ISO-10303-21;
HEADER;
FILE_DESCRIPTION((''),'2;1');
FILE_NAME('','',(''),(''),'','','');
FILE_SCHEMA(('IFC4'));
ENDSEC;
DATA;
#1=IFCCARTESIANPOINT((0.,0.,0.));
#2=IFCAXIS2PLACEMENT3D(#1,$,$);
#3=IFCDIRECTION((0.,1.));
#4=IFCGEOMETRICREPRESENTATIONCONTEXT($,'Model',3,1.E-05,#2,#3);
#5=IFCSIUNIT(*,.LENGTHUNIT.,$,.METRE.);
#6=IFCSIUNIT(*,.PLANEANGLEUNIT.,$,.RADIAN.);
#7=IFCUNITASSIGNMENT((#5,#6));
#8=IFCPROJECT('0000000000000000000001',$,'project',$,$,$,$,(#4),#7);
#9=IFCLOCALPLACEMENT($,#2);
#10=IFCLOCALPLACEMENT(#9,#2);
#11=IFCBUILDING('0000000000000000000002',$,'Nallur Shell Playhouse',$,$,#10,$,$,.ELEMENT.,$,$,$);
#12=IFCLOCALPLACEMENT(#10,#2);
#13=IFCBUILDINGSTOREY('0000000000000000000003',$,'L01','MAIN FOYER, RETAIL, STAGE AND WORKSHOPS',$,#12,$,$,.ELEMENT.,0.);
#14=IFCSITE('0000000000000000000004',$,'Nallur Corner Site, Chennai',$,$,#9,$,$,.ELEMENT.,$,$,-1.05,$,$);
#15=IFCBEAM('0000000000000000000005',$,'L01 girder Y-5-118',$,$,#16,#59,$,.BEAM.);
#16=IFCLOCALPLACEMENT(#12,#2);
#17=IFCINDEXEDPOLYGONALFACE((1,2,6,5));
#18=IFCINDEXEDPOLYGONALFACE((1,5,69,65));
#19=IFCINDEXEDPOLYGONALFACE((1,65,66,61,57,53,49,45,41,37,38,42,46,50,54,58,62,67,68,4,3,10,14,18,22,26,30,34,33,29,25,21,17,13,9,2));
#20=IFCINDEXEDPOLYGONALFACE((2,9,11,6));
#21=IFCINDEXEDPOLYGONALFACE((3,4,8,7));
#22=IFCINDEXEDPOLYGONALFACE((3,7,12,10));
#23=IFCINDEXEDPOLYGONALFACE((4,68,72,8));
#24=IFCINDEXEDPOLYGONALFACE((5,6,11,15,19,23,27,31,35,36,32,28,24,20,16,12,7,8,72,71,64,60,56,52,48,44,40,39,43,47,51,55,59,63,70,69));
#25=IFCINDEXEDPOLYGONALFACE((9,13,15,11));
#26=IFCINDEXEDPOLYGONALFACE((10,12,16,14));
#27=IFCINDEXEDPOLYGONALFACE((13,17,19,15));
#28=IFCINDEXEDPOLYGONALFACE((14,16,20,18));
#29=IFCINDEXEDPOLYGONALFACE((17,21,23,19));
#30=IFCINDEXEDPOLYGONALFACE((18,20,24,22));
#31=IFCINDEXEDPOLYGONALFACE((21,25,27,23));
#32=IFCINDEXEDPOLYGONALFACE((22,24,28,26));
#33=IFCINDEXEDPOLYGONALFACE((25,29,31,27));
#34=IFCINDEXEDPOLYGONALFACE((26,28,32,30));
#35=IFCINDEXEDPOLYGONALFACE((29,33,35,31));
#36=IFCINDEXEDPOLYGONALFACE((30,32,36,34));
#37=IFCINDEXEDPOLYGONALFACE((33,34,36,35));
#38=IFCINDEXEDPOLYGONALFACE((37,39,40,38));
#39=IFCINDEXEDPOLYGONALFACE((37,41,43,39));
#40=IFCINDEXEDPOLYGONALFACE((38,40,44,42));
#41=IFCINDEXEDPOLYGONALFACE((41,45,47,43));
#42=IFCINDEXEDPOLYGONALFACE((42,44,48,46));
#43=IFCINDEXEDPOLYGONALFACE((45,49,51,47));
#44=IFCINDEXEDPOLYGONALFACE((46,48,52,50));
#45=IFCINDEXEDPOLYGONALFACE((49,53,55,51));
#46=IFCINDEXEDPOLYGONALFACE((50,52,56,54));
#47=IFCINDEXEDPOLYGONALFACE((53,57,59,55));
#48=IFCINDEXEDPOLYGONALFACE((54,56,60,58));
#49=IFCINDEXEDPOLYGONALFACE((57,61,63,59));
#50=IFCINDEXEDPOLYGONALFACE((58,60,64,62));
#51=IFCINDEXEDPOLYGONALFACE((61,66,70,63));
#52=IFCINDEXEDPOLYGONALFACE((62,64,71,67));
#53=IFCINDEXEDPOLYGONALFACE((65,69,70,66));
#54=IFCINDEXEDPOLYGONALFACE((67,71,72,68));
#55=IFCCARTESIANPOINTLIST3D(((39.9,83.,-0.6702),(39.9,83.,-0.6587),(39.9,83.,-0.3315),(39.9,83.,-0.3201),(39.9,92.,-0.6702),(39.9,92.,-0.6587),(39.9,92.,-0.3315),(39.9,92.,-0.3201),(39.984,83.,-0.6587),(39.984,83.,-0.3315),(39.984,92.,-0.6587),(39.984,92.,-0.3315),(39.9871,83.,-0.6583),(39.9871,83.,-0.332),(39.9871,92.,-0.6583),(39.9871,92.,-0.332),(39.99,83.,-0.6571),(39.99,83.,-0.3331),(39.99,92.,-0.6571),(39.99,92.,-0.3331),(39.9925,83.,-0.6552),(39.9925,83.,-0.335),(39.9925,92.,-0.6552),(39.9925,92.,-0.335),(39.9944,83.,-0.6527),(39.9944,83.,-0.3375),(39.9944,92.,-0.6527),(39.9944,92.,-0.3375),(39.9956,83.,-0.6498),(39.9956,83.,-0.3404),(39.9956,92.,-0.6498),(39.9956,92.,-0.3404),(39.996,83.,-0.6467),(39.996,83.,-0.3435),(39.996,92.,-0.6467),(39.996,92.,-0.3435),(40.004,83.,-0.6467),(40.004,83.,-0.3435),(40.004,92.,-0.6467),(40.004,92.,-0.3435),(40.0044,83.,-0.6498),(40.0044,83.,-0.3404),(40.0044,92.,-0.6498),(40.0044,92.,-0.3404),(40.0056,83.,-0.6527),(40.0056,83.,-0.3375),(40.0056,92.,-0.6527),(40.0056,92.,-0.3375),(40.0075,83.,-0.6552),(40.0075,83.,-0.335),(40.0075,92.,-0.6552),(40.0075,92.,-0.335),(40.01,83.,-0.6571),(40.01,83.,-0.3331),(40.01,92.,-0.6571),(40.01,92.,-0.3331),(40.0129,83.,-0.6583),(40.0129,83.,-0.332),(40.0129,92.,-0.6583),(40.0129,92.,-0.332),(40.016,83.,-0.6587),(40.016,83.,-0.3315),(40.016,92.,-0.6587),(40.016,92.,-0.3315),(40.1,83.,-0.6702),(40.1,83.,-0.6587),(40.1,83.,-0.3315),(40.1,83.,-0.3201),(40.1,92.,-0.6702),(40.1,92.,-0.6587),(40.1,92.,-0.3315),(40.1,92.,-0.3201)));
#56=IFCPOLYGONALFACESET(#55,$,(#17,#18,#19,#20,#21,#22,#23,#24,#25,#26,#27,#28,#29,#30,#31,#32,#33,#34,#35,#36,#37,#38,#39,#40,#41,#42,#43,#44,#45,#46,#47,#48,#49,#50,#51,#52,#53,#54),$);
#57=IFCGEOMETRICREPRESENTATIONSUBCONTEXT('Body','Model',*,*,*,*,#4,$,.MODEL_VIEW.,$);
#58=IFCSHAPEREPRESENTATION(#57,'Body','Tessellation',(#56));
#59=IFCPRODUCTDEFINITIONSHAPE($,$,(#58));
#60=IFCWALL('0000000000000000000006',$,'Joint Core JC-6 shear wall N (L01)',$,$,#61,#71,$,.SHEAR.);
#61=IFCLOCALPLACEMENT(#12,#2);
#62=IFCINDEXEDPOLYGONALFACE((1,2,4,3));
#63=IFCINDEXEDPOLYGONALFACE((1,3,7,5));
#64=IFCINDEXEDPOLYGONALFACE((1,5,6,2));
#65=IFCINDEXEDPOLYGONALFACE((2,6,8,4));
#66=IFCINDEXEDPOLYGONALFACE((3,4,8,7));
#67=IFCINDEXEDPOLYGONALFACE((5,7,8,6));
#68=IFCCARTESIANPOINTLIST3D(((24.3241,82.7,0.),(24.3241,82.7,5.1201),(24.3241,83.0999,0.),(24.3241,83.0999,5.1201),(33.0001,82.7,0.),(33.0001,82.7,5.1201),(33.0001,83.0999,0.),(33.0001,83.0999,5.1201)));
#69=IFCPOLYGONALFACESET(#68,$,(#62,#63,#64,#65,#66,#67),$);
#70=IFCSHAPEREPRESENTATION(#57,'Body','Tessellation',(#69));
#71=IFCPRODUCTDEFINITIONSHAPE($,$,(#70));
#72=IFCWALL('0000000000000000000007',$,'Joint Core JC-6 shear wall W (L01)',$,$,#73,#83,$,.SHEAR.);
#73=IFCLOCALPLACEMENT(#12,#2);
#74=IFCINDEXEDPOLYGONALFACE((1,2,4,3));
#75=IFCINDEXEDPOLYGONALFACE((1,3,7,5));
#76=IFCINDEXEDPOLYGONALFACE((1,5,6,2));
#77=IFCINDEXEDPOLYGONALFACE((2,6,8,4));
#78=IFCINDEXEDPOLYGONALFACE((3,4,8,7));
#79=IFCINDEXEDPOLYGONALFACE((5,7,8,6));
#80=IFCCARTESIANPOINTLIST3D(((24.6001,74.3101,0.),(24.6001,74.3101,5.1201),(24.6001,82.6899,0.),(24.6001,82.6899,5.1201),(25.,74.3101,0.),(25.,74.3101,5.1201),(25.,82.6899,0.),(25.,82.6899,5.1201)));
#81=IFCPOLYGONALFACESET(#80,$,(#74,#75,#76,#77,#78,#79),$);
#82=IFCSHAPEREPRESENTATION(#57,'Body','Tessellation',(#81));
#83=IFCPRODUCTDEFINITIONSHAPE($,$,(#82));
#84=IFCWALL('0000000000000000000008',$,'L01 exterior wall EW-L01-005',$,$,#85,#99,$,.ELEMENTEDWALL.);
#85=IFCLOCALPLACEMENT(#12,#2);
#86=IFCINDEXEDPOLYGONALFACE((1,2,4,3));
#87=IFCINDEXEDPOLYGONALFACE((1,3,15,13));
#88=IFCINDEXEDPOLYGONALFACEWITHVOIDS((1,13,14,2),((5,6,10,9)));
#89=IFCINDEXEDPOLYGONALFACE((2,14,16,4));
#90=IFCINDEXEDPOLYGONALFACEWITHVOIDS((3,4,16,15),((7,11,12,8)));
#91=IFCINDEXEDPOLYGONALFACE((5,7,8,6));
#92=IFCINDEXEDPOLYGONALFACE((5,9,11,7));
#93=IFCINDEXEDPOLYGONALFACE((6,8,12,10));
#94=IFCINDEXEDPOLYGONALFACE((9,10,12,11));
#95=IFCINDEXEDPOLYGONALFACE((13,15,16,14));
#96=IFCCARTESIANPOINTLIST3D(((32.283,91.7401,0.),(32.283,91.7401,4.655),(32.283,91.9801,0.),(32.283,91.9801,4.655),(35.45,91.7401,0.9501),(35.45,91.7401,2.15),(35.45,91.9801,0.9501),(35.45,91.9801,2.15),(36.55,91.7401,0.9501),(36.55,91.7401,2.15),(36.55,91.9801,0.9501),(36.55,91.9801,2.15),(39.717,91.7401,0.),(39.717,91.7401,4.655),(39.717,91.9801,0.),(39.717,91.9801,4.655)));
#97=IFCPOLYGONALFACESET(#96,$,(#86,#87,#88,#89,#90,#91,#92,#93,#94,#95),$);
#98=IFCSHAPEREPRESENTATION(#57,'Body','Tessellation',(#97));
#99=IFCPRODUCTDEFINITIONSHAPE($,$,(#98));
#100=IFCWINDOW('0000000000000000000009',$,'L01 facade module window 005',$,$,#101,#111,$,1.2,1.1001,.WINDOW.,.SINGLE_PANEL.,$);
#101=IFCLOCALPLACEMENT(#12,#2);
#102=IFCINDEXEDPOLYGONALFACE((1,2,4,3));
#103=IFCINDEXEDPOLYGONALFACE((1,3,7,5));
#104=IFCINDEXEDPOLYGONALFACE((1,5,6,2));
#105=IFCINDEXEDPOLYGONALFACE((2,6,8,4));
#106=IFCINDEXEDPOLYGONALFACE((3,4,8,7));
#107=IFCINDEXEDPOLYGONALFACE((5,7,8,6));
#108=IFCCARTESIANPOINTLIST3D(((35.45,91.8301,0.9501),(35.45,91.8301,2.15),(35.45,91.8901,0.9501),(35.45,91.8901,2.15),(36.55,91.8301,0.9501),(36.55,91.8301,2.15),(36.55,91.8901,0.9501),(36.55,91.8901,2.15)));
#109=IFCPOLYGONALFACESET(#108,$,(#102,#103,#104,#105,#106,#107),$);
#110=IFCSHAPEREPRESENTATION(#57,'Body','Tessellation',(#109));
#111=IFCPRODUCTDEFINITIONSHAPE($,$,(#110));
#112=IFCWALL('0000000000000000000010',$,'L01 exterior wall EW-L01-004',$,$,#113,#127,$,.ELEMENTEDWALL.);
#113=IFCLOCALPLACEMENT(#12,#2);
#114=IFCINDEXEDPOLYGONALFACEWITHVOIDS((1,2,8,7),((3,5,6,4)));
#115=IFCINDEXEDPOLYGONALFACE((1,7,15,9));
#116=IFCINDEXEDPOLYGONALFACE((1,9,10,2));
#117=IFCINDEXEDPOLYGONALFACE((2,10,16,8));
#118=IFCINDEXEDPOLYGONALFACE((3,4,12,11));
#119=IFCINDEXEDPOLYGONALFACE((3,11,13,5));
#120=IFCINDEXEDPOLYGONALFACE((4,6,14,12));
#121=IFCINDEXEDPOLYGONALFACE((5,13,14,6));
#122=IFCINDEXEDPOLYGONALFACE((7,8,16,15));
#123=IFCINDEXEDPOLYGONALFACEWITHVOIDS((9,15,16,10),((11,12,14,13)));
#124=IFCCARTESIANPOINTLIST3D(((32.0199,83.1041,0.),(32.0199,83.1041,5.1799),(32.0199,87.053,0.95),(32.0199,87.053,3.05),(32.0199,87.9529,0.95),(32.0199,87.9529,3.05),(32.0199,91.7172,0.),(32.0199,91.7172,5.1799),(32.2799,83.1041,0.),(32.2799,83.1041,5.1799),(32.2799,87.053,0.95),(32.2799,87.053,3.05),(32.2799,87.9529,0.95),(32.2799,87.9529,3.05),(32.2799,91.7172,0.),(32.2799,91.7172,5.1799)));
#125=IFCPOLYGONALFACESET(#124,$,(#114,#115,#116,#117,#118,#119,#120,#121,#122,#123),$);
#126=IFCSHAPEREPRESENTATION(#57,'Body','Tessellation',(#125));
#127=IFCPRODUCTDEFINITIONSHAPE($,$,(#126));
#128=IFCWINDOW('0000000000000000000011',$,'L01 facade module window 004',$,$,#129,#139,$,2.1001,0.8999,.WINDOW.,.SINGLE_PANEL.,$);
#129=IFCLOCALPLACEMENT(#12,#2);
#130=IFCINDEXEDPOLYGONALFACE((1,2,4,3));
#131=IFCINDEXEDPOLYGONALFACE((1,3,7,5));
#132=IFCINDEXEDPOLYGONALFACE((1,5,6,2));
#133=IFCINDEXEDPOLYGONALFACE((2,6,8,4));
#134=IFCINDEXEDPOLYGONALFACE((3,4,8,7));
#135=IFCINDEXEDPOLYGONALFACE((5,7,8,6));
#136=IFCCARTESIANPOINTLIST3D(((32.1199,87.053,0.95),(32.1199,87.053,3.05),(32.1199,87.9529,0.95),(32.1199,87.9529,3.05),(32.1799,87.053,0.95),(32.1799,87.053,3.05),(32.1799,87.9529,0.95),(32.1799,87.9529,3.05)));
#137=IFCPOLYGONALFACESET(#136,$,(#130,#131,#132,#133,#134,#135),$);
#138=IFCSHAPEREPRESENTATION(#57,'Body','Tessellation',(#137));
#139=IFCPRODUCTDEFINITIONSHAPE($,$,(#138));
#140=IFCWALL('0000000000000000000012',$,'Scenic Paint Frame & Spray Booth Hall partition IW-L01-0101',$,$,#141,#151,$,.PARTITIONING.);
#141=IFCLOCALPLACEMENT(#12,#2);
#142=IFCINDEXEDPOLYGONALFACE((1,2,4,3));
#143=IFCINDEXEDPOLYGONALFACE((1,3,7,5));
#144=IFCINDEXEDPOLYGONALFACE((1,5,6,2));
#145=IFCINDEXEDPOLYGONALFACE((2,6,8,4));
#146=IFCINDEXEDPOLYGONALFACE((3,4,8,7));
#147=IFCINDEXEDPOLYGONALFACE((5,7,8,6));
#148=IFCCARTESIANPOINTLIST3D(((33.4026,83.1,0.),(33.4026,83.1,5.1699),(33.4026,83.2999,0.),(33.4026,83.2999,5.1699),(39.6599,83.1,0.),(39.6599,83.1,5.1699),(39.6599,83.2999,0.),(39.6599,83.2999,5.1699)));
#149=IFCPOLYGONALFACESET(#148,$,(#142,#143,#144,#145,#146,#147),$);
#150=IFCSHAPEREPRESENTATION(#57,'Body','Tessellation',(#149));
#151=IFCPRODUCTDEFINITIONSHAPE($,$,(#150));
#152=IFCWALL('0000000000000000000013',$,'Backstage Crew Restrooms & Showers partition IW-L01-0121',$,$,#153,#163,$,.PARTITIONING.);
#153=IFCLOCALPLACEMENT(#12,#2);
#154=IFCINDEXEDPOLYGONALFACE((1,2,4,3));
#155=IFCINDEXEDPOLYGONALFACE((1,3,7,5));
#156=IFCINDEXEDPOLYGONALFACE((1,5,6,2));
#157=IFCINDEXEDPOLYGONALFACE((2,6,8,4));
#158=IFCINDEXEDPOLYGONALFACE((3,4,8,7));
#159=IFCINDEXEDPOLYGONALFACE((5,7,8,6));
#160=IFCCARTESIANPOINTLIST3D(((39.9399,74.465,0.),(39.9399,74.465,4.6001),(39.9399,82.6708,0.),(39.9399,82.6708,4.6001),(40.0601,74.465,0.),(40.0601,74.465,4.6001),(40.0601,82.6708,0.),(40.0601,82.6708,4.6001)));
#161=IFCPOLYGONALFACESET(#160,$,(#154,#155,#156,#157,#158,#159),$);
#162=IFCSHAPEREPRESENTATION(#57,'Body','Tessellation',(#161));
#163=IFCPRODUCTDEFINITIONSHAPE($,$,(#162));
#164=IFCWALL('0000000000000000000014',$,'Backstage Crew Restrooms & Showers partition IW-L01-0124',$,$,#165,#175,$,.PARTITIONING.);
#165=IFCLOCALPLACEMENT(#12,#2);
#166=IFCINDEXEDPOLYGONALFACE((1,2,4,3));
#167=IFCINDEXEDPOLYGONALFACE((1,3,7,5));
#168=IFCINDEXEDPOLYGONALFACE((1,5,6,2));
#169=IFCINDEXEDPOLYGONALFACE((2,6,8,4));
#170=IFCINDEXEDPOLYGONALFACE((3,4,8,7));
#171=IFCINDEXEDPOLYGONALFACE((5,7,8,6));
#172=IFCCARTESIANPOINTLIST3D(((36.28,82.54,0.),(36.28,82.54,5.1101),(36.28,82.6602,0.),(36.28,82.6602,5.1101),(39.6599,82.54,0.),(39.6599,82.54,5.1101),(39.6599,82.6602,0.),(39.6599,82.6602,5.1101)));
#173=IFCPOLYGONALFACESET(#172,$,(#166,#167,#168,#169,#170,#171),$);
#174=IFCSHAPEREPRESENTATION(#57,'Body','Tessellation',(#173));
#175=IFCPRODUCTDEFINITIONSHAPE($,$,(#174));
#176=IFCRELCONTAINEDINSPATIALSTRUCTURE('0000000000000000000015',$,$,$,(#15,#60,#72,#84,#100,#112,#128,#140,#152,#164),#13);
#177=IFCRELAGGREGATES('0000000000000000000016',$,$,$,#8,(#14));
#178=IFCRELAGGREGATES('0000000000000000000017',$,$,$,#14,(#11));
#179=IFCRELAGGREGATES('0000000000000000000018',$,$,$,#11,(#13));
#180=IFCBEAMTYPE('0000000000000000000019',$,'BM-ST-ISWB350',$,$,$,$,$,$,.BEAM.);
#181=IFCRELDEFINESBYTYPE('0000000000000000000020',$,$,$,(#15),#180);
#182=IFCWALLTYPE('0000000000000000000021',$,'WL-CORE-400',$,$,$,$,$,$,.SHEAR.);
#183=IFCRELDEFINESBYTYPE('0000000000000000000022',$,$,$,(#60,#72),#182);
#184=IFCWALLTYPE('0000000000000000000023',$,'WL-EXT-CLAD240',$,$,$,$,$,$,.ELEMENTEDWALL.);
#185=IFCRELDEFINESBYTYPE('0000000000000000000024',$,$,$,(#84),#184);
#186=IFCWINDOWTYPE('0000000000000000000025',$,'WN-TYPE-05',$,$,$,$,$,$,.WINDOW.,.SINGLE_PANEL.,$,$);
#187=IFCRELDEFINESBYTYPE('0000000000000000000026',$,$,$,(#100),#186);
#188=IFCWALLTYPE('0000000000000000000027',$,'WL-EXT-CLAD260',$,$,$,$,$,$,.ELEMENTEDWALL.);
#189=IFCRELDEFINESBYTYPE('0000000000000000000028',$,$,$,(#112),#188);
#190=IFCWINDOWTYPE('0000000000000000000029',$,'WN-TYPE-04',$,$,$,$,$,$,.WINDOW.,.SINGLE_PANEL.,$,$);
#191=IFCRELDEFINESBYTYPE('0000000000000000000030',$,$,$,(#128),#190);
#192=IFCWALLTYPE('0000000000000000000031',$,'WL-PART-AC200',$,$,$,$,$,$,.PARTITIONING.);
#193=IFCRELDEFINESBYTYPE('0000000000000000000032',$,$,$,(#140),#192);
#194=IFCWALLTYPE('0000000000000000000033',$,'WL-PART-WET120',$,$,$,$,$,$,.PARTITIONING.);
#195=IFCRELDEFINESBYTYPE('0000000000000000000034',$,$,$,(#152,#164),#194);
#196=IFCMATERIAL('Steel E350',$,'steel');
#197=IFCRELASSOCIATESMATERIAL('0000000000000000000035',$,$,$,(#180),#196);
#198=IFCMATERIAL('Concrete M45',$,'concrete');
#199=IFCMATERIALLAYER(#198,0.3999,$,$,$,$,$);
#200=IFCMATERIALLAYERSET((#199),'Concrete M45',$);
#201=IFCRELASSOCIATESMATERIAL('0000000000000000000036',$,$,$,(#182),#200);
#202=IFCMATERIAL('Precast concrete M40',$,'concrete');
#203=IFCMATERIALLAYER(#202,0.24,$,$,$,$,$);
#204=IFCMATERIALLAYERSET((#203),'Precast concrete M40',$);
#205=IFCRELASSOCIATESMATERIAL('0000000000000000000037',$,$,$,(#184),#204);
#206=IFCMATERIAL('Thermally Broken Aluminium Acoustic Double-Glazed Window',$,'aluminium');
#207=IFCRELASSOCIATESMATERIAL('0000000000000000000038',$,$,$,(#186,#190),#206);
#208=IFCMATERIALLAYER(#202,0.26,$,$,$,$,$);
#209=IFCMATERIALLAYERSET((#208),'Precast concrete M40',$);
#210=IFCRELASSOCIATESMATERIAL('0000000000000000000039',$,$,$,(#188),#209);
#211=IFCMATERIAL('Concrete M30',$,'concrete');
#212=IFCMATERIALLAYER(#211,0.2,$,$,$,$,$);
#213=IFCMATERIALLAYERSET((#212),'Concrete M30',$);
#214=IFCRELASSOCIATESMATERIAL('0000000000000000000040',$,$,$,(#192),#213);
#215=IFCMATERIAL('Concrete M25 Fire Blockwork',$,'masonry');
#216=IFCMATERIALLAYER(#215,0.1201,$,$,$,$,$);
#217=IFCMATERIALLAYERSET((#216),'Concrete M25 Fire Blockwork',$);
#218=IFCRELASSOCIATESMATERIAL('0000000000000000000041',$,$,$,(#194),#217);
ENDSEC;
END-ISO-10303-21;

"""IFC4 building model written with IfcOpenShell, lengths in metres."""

from ifc_helpers import new_model, si_unit, direction, frame, frame_2d, origin, origin_2d, place, context, subcontext, project, spatial, rectangle, i_section, extrude, material, layer, layer_set, material_profile, profile_set, type_object, element, fill, save


model = new_model("IFC4")

# Units and contexts
model_context = context("Model", 3, precision=1e-05, world=origin(), true_north=direction((0.0, 1.0)))
body_context = subcontext(model_context, "Body", "Model", "MODEL_VIEW")
ifc_project = project(units=[si_unit("LENGTHUNIT", "METRE"), si_unit("PLANEANGLEUNIT", "RADIAN")], contexts=[model_context])

# Site, building, storey
site_placement = place(None, origin())
site = spatial("IfcSite", under=ifc_project, at=site_placement, Name="Nallur Corner Site, Chennai", CompositionType="ELEMENT", RefElevation=-1.05)
building_placement = place(site_placement, origin())
building = spatial("IfcBuilding", under=site, at=building_placement, Name="Nallur Shell Playhouse", CompositionType="ELEMENT")
storey_placement = place(building_placement, origin())
storey = spatial("IfcBuildingStorey", under=building, at=storey_placement, Name="L01", Description="MAIN FOYER, RETAIL, STAGE AND WORKSHOPS", CompositionType="ELEMENT", Elevation=0.0)

# Beam
ifc_material_1 = material(Name="Concrete M30", Category="concrete")
ifc_material_2 = material(Name="Steel E350", Category="steel")
ifc_material_profile_1 = material_profile(ifc_material_2, i_section(OverallWidth=0.2, OverallDepth=0.3501, WebThickness=0.0081, FlangeThickness=0.0115, FilletRadius=0.012, at=origin_2d()), Name="ISWB 350")
ifc_profile_set_1 = profile_set([ifc_material_profile_1], Name="Steel E350")
beam_type_1 = type_object("IfcBeamType", Name="BM-ST-ISWB350", PredefinedType="BEAM", material=ifc_profile_set_1)
beam_1_placement = place(storey_placement, frame((40.0, 83.0, -0.4951), z_axis=(0.0, 1.0, 0.0), x_axis=(-1.0, 0.0, 0.0)))
element("IfcBeam", 1, at=beam_1_placement, inside=storey, type_object=beam_type_1, Name="L01 girder Y-5-118", PredefinedType="BEAM", context=body_context, shape_type="SweptSolid", body=[
    extrude(i_section(OverallWidth=0.2, OverallDepth=0.3501, WebThickness=0.0081, FlangeThickness=0.0115, FilletRadius=0.012, at=origin_2d()), origin(), (0.0, 0.0, 1.0), 9.0),
])

# Walls
ifc_material_3 = material(Name="Concrete M45", Category="concrete")
ifc_layer_1 = layer(ifc_material_3, 0.3999)
ifc_layer_set_1 = layer_set([ifc_layer_1], Name="Concrete M45")
wall_type_1 = type_object("IfcWallType", Name="WL-CORE-400", PredefinedType="SHEAR", material=ifc_layer_set_1)
wall_1_placement = place(storey_placement, frame((33.0, 82.8999, 0.0), z_axis=(0.0, 0.0, 1.0), x_axis=(-1.0, 0.0, 0.0)))
element("IfcWall", 2, at=wall_1_placement, inside=storey, type_object=wall_type_1, Name="Joint Core JC-6 shear wall N (L01)", PredefinedType="SHEAR", context=body_context, shape_type="SweptSolid", body=[
    extrude(rectangle(XDim=8.676, YDim=0.3999, at=frame_2d((4.3379, 0.0))), origin(), (0.0, 0.0, 1.0), 5.1201),
])
wall_2_placement = place(storey_placement, frame((24.8, 82.6899, 0.0), z_axis=(0.0, 0.0, 1.0), x_axis=(0.0, -1.0, 0.0)))
element("IfcWall", 3, at=wall_2_placement, inside=storey, type_object=wall_type_1, Name="Joint Core JC-6 shear wall W (L01)", PredefinedType="SHEAR", context=body_context, shape_type="SweptSolid", body=[
    extrude(rectangle(XDim=8.3799, YDim=0.3999, at=frame_2d((4.1899, 0.0))), origin(), (0.0, 0.0, 1.0), 5.1201),
])

# Walls, openings, windows
ifc_material_4 = material(Name="Precast concrete M40", Category="concrete")
ifc_layer_2 = layer(ifc_material_4, 0.24)
ifc_layer_set_2 = layer_set([ifc_layer_2], Name="Precast concrete M40")
wall_type_2 = type_object("IfcWallType", Name="WL-EXT-CLAD240", PredefinedType="ELEMENTEDWALL", material=ifc_layer_set_2)
wall_3_placement = place(storey_placement, frame((32.283, 91.8601, 0.0), z_axis=(0.0, 0.0, 1.0), x_axis=(1.0, 0.0, 0.0)))
wall_3 = element("IfcWall", 4, at=wall_3_placement, inside=storey, type_object=wall_type_2, Name="L01 exterior wall EW-L01-005", PredefinedType="ELEMENTEDWALL", context=body_context, shape_type="SweptSolid", body=[
    extrude(rectangle(XDim=7.4341, YDim=0.24, at=frame_2d((3.717, 0.0))), origin(), (0.0, 0.0, 1.0), 4.655),
])
opening_1_placement = place(wall_3_placement, frame((3.167, 0.0, 0.95)))
opening_1 = element("IfcOpeningElement", 5, at=opening_1_placement, cuts=wall_3, PredefinedType="OPENING", context=body_context, shape_type="SweptSolid", body=[
    extrude(rectangle(XDim=1.1001, YDim=1.2, at=frame_2d((0.55, 0.6001))), frame((0.0, 0.1299, 0.0), z_axis=(0.0, -1.0, 0.0), x_axis=(1.0, 0.0, 0.0)), (0.0, 0.0, 1.0), 0.26),
])
ifc_material_5 = material(Name="Thermally Broken Aluminium Acoustic Double-Glazed Window", Category="aluminium")
window_type_1 = type_object("IfcWindowType", Name="WN-TYPE-05", PartitioningType="SINGLE_PANEL", PredefinedType="WINDOW", material=ifc_material_5)
window_1_placement = place(opening_1_placement, origin())
window_1 = element("IfcWindow", 6, at=window_1_placement, inside=storey, type_object=window_type_1, Name="L01 facade module window 005", OverallHeight=1.2, OverallWidth=1.1001, PartitioningType="SINGLE_PANEL", PredefinedType="WINDOW", context=body_context, shape_type="SweptSolid", body=[
    extrude(rectangle(XDim=1.1001, YDim=1.2, at=frame_2d((0.55, 0.6001))), frame((0.0, 0.03, 0.0), z_axis=(0.0, -1.0, 0.0), x_axis=(1.0, 0.0, 0.0)), (0.0, 0.0, 1.0), 0.0601),
])
fill(opening_1, window_1)
ifc_layer_3 = layer(ifc_material_4, 0.26)
ifc_layer_set_3 = layer_set([ifc_layer_3], Name="Precast concrete M40")
wall_type_3 = type_object("IfcWallType", Name="WL-EXT-CLAD260", PredefinedType="ELEMENTEDWALL", material=ifc_layer_set_3)
wall_4_placement = place(storey_placement, frame((32.1499, 83.104, 0.0), z_axis=(0.0, 0.0, 1.0), x_axis=(0.0, 1.0, 0.0)))
wall_4 = element("IfcWall", 7, at=wall_4_placement, inside=storey, type_object=wall_type_3, Name="L01 exterior wall EW-L01-004", PredefinedType="ELEMENTEDWALL", context=body_context, shape_type="SweptSolid", body=[
    extrude(rectangle(XDim=8.613, YDim=0.26, at=frame_2d((4.3066, 0.0))), origin(), (0.0, 0.0, 1.0), 5.1799),
])
opening_2_placement = place(wall_4_placement, frame((3.949, 0.0, 0.95)))
opening_2 = element("IfcOpeningElement", 8, at=opening_2_placement, cuts=wall_4, PredefinedType="OPENING", context=body_context, shape_type="SweptSolid", body=[
    extrude(rectangle(XDim=0.8999, YDim=2.1001, at=frame_2d((0.45, 1.05))), frame((0.0, 0.1401, 0.0), z_axis=(0.0, -1.0, 0.0), x_axis=(1.0, 0.0, 0.0)), (0.0, 0.0, 1.0), 0.28),
])
window_type_2 = type_object("IfcWindowType", Name="WN-TYPE-04", PartitioningType="SINGLE_PANEL", PredefinedType="WINDOW", material=ifc_material_5)
window_2_placement = place(opening_2_placement, origin())
window_2 = element("IfcWindow", 9, at=window_2_placement, inside=storey, type_object=window_type_2, Name="L01 facade module window 004", OverallHeight=2.1001, OverallWidth=0.8999, PartitioningType="SINGLE_PANEL", PredefinedType="WINDOW", context=body_context, shape_type="SweptSolid", body=[
    extrude(rectangle(XDim=0.8999, YDim=2.1001, at=frame_2d((0.45, 1.05))), frame((0.0, 0.03, 0.0), z_axis=(0.0, -1.0, 0.0), x_axis=(1.0, 0.0, 0.0)), (0.0, 0.0, 1.0), 0.0601),
])
fill(opening_2, window_2)

# Shared definitions
ifc_layer_4 = layer(ifc_material_1, 0.2)
ifc_layer_set_4 = layer_set([ifc_layer_4], Name="Concrete M30")
wall_type_4 = type_object("IfcWallType", Name="WL-PART-AC200", PredefinedType="PARTITIONING", material=ifc_layer_set_4)

# Walls
wall_5_placement = place(storey_placement, frame((39.6599, 83.2, 0.0), z_axis=(0.0, 0.0, 1.0), x_axis=(-1.0, 0.0, 0.0)))
element("IfcWall", 10, at=wall_5_placement, inside=storey, type_object=wall_type_4, Name="Scenic Paint Frame & Spray Booth Hall partition IW-L01-0101", PredefinedType="PARTITIONING", context=body_context, shape_type="SweptSolid", body=[
    extrude(rectangle(XDim=6.2573, YDim=0.2, at=frame_2d((3.1287, 0.0))), origin(), (0.0, 0.0, 1.0), 5.1699),
])
ifc_material_6 = material(Name="Concrete M25 Fire Blockwork", Category="masonry")
ifc_layer_5 = layer(ifc_material_6, 0.1201)
ifc_layer_set_5 = layer_set([ifc_layer_5], Name="Concrete M25 Fire Blockwork")
wall_type_5 = type_object("IfcWallType", Name="WL-PART-WET120", PredefinedType="PARTITIONING", material=ifc_layer_set_5)
wall_6_placement = place(storey_placement, frame((40.0, 82.6709, 0.0), z_axis=(0.0, 0.0, 1.0), x_axis=(0.0, -1.0, 0.0)))
element("IfcWall", 11, at=wall_6_placement, inside=storey, type_object=wall_type_5, Name="Backstage Crew Restrooms & Showers partition IW-L01-0121", PredefinedType="PARTITIONING", context=body_context, shape_type="SweptSolid", body=[
    extrude(rectangle(XDim=8.2058, YDim=0.1201, at=frame_2d((4.103, 0.0))), origin(), (0.0, 0.0, 1.0), 4.6001),
])
wall_7_placement = place(storey_placement, frame((36.28, 82.6001, 0.0), z_axis=(0.0, 0.0, 1.0), x_axis=(1.0, 0.0, 0.0)))
element("IfcWall", 12, at=wall_7_placement, inside=storey, type_object=wall_type_5, Name="Backstage Crew Restrooms & Showers partition IW-L01-0124", PredefinedType="PARTITIONING", context=body_context, shape_type="SweptSolid", body=[
    extrude(rectangle(XDim=3.3799, YDim=0.1201, at=frame_2d((1.6899, 0.0))), origin(), (0.0, 0.0, 1.0), 5.1101),
])

save(model, "model.ifc")
